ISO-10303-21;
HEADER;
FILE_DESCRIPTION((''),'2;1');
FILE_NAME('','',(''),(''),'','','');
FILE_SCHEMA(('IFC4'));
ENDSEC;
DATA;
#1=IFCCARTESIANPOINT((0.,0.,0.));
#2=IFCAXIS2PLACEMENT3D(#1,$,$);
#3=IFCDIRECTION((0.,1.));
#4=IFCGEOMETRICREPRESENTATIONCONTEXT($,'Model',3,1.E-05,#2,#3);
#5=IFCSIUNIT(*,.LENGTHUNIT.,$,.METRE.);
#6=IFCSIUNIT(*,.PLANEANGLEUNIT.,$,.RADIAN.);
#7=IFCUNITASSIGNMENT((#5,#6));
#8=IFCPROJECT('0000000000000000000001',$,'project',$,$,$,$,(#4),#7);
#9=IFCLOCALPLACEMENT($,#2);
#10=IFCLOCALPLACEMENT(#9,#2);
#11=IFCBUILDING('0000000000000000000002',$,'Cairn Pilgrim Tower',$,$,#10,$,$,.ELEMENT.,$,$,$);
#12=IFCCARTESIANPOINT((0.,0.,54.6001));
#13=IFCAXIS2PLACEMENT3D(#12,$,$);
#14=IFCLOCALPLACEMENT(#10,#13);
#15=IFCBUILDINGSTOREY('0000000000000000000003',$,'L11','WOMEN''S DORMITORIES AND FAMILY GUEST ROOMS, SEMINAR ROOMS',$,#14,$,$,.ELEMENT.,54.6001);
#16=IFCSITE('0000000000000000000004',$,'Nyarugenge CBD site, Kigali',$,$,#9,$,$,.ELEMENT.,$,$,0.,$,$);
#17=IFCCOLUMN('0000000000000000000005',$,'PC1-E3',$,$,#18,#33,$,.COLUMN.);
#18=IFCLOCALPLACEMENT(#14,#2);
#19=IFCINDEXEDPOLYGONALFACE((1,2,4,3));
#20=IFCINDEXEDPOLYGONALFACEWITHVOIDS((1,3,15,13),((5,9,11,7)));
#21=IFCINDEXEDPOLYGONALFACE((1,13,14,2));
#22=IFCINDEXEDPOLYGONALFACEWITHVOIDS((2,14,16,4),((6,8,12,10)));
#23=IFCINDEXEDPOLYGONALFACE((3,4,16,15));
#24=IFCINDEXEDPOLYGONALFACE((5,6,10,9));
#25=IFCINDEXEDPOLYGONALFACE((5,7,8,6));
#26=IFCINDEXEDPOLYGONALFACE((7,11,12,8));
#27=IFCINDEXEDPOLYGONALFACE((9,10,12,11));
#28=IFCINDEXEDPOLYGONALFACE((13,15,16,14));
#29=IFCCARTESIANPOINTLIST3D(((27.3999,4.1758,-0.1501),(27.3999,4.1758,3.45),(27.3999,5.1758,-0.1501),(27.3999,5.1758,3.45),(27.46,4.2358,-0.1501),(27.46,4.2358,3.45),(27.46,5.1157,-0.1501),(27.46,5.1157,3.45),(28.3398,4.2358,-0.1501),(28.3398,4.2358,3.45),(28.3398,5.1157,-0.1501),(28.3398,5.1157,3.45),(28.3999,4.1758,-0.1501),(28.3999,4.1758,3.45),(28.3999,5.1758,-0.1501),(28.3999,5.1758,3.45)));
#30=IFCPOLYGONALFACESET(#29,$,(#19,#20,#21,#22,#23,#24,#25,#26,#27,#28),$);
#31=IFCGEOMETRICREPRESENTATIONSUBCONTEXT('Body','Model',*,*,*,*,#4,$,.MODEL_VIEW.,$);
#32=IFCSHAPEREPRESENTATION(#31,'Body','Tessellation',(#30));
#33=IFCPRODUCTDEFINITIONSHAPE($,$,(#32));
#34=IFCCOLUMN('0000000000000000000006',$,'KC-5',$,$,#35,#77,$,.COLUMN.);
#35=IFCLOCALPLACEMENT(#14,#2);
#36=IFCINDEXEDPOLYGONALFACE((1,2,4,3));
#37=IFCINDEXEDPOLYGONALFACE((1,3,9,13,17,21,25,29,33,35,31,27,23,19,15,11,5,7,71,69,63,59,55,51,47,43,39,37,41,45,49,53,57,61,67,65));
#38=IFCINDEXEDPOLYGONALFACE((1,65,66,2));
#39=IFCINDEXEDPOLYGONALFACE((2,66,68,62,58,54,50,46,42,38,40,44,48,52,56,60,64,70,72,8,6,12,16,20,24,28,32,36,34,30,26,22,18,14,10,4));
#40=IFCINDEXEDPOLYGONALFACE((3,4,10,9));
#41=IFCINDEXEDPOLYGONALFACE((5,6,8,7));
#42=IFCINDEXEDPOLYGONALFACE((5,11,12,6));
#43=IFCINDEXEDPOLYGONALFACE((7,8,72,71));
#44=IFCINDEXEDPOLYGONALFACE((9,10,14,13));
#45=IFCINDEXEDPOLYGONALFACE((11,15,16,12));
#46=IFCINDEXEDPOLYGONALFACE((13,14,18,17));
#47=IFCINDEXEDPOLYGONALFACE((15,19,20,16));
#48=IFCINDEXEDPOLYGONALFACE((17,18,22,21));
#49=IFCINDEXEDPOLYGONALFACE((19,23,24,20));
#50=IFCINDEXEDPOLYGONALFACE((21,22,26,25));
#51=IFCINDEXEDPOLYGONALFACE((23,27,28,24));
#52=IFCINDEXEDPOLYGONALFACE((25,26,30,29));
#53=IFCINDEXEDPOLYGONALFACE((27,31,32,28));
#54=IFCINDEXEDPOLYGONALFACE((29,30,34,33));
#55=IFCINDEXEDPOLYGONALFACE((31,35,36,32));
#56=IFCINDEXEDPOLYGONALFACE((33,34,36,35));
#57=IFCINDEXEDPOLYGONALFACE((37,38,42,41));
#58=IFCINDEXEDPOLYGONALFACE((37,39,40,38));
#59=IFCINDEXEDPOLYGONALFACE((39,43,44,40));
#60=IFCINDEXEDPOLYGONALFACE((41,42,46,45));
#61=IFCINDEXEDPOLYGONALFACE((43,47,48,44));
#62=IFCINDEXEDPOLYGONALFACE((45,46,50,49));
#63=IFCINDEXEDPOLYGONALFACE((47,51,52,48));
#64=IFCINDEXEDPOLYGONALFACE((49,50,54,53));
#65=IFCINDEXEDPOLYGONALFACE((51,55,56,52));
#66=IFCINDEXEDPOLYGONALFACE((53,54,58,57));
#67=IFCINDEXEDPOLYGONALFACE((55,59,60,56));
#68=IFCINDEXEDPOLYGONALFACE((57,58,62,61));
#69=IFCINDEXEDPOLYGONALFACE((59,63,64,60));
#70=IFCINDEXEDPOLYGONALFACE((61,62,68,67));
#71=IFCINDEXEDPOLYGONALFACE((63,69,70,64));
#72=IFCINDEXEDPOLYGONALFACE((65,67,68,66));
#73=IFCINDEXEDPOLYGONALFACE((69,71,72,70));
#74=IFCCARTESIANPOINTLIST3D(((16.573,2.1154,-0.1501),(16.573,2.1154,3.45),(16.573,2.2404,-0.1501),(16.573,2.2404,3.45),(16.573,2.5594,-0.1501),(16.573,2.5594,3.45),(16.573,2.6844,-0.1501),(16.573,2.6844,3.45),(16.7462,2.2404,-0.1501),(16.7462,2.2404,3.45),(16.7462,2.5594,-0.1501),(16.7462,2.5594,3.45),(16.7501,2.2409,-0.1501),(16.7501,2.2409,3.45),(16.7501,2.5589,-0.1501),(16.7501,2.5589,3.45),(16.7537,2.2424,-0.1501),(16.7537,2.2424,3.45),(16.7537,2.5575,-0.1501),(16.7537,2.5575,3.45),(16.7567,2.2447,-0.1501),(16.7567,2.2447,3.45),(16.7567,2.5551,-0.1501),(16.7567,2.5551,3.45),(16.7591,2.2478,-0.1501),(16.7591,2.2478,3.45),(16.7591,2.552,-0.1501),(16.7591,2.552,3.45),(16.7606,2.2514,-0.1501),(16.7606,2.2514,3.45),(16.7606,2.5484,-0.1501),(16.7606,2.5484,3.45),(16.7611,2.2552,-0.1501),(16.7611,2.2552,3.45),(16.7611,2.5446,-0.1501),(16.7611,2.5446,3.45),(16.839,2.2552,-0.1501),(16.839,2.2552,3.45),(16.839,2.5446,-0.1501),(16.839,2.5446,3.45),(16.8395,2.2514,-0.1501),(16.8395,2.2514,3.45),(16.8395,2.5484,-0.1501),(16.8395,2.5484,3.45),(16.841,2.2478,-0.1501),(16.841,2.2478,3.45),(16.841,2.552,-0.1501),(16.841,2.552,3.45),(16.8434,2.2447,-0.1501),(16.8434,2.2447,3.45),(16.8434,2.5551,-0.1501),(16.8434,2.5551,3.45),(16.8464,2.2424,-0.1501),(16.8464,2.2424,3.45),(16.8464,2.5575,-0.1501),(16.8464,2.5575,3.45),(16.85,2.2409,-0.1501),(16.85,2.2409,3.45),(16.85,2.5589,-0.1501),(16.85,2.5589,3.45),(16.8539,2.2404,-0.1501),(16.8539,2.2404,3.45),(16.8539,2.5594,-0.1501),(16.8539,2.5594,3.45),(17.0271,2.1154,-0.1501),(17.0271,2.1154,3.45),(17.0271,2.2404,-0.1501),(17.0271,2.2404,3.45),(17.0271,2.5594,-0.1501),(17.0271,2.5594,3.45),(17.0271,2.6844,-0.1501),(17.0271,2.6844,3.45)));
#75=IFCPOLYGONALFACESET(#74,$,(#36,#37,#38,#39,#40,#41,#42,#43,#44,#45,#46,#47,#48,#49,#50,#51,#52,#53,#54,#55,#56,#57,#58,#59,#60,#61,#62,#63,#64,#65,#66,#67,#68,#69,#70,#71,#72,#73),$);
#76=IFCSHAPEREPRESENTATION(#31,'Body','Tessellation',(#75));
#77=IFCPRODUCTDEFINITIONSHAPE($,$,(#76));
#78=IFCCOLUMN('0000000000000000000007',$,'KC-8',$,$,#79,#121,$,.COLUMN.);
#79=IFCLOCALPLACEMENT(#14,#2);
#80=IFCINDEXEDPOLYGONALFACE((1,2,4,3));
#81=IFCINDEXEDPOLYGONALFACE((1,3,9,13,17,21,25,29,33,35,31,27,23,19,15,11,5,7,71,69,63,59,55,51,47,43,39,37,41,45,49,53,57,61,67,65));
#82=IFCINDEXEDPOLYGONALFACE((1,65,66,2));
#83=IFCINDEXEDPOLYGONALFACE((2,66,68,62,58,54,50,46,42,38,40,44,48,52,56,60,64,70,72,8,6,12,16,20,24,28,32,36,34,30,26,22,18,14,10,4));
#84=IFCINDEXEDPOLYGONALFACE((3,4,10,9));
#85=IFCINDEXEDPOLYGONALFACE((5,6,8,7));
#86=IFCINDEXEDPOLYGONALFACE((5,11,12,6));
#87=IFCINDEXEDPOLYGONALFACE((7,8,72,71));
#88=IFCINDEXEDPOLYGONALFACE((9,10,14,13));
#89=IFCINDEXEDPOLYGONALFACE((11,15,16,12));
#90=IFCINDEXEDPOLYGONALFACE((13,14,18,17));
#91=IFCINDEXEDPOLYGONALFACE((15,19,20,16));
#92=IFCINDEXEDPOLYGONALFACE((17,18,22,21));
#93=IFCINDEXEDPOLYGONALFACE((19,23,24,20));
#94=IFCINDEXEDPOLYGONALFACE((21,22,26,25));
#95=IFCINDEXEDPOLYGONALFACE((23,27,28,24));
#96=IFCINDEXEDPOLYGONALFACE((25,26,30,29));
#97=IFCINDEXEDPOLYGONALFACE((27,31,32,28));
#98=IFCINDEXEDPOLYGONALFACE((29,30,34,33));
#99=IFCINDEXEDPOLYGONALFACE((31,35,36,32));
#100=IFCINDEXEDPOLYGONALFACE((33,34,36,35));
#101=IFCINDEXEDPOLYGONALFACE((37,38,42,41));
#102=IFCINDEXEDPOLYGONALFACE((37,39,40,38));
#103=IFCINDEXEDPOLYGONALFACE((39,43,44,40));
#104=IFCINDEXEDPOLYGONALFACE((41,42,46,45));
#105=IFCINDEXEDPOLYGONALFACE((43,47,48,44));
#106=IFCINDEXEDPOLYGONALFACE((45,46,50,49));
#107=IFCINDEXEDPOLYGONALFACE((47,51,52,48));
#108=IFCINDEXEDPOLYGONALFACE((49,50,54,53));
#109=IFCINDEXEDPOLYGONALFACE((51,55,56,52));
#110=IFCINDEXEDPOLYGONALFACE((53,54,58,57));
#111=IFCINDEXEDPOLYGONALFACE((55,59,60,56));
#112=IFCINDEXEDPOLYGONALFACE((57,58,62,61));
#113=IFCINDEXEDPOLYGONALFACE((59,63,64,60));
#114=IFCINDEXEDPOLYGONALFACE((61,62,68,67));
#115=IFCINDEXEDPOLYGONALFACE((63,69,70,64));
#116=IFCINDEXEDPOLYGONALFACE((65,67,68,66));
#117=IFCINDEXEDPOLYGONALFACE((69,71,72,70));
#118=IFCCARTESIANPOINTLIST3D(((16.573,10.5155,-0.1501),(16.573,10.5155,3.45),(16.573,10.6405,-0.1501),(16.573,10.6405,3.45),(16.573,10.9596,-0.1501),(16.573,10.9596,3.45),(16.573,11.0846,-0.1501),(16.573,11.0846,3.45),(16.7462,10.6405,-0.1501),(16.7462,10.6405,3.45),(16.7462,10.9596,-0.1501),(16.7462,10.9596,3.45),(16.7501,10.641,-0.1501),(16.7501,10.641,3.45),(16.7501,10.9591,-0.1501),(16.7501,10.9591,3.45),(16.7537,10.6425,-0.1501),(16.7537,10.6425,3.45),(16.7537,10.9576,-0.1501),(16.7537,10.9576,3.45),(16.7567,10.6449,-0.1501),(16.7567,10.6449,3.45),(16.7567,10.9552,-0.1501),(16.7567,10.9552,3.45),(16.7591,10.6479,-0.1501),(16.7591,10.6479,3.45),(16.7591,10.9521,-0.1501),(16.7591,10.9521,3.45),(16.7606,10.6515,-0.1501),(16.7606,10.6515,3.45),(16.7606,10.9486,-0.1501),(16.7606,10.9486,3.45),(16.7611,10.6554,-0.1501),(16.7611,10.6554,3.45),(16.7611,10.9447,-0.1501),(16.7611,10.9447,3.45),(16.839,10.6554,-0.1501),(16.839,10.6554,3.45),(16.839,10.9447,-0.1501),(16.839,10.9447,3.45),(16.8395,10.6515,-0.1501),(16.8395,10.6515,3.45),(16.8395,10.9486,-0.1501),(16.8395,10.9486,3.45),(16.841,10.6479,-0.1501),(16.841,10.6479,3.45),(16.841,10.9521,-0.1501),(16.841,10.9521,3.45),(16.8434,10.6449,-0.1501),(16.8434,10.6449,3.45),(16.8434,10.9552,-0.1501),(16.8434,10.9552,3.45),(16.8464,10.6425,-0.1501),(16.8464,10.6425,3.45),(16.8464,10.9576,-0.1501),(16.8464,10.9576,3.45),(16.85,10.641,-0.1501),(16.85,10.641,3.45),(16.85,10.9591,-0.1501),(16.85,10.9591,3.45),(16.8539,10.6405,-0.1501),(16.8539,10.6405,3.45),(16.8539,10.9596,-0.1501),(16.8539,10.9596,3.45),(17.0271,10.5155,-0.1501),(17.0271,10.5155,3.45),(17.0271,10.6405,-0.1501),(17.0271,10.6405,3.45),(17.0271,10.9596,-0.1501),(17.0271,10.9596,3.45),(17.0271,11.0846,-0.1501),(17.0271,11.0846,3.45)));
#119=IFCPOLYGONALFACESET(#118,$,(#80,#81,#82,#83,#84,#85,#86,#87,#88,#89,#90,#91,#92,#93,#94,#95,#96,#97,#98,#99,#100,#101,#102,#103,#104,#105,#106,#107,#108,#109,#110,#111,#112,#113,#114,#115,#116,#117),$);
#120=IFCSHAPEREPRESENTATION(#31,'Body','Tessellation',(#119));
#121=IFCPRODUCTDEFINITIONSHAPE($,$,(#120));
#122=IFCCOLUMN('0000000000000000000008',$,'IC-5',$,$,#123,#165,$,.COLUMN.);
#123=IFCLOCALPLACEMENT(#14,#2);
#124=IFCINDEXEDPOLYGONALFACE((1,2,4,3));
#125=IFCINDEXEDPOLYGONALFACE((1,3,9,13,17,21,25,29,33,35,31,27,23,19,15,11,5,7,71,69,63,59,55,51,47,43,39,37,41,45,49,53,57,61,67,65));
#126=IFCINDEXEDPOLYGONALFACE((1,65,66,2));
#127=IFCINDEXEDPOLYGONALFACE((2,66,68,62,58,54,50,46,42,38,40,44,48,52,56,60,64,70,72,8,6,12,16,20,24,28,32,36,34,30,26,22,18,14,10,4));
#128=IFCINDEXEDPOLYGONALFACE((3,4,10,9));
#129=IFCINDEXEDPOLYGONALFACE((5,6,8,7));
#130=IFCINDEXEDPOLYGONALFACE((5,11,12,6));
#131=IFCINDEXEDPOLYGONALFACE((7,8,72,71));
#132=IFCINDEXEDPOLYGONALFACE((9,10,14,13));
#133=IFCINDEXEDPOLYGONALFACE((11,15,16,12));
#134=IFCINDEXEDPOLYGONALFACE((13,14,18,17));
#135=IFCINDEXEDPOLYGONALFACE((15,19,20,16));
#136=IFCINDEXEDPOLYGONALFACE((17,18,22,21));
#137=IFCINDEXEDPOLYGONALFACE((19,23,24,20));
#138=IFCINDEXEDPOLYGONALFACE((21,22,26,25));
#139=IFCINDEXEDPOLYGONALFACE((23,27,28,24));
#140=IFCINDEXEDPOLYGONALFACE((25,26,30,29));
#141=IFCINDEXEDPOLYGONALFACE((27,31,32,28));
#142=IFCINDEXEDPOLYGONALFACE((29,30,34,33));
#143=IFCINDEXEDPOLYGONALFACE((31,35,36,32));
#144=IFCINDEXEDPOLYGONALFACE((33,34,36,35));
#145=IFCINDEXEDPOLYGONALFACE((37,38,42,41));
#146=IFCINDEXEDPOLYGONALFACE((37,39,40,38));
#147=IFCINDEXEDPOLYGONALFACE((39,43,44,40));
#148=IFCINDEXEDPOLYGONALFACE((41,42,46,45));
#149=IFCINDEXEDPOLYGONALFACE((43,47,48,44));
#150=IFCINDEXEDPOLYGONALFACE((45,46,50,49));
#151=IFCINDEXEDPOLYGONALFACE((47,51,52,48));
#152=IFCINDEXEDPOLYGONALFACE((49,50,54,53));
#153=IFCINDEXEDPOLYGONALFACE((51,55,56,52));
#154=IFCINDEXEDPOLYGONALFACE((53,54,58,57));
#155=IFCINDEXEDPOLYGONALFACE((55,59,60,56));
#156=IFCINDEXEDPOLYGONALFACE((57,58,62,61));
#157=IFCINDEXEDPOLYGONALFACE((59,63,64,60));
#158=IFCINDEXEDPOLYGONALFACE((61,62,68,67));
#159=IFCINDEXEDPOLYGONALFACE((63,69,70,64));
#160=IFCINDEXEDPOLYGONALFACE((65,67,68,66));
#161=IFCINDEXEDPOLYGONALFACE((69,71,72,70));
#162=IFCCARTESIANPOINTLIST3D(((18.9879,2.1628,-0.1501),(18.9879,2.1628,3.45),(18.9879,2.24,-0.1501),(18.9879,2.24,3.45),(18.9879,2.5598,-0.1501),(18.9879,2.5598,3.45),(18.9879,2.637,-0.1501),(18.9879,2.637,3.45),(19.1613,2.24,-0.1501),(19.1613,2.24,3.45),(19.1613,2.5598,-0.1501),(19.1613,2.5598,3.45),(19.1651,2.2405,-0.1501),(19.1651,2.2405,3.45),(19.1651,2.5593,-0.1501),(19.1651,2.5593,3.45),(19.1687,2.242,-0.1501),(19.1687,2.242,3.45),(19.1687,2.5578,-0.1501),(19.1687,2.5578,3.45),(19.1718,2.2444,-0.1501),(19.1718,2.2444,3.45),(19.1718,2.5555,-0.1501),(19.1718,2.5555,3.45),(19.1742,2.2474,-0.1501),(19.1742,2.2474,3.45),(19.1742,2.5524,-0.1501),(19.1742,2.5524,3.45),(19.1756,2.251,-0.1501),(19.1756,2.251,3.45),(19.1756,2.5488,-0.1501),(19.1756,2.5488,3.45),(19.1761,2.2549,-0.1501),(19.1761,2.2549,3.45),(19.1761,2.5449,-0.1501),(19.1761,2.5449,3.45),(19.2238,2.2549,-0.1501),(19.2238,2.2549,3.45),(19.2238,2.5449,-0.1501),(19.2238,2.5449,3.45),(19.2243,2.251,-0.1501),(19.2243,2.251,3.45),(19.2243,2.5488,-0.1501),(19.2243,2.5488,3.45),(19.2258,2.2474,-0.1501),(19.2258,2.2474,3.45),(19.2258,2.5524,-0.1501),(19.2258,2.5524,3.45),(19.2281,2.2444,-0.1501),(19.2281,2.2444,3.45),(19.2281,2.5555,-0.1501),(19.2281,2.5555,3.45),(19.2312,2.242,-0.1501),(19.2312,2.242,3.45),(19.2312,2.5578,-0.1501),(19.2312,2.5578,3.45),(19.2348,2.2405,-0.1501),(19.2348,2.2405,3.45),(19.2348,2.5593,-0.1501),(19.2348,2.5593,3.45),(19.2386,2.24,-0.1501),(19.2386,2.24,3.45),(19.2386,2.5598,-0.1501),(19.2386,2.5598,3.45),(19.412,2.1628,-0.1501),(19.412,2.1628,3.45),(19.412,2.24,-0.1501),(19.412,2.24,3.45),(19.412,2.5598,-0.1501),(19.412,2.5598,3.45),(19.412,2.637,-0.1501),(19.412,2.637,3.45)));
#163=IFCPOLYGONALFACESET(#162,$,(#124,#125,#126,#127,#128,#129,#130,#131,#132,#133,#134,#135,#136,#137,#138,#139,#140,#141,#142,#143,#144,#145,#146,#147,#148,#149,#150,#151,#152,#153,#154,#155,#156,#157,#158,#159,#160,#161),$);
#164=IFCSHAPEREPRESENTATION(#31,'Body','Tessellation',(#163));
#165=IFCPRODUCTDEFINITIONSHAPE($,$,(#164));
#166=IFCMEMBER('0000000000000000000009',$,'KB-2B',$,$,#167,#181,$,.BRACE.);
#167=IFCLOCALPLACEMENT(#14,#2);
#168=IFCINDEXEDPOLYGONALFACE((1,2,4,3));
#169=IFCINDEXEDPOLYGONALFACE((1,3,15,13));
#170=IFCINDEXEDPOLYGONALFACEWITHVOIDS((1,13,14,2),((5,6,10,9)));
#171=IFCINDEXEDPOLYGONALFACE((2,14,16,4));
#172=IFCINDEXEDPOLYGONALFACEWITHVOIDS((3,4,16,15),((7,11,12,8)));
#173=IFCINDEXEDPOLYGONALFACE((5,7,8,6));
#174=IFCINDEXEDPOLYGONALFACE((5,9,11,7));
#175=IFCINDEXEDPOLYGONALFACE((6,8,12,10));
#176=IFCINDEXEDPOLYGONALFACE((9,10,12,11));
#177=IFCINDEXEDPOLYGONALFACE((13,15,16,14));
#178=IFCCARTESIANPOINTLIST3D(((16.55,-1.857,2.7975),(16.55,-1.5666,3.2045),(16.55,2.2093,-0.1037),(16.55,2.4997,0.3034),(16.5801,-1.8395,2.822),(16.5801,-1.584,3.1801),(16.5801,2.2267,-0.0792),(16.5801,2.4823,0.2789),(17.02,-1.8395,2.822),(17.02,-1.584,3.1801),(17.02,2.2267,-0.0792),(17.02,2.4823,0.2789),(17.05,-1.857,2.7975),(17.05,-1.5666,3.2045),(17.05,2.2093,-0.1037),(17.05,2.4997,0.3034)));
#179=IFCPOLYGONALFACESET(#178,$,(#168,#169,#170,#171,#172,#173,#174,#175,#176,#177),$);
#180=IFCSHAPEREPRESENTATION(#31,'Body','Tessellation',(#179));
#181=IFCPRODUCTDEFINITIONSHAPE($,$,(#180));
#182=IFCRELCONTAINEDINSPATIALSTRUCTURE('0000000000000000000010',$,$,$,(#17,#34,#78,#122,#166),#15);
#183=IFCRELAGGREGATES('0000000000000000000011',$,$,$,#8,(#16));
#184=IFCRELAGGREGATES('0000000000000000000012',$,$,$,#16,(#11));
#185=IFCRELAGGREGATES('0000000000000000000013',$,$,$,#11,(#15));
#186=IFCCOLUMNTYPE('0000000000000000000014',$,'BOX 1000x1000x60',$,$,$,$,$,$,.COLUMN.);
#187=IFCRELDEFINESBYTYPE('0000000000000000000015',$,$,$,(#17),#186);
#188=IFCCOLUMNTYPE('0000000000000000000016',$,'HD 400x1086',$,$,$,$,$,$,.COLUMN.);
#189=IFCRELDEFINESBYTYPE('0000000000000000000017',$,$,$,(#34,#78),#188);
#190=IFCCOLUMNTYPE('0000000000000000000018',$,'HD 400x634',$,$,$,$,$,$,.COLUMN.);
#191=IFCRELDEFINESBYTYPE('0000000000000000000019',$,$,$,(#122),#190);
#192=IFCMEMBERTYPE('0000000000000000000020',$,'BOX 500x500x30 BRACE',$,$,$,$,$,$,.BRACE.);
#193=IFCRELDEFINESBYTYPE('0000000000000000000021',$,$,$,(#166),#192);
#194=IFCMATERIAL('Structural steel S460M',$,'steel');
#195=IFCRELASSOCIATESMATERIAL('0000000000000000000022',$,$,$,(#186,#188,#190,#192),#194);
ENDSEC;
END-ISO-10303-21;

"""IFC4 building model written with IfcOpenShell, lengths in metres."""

from ifc_helpers import new_model, si_unit, direction, frame, origin, origin_2d, place, context, subcontext, project, spatial, hollow_rectangle, i_section, extrude, material, material_profile, profile_set, type_object, element, save


model = new_model("IFC4")

# Units and contexts
model_context = context("Model", 3, precision=1e-05, world=origin(), true_north=direction((0.0, 1.0)))
body_context = subcontext(model_context, "Body", "Model", "MODEL_VIEW")
ifc_project = project(units=[si_unit("LENGTHUNIT", "METRE"), si_unit("PLANEANGLEUNIT", "RADIAN")], contexts=[model_context])

# Site, building, storey
site_placement = place(None, origin())
site = spatial("IfcSite", under=ifc_project, at=site_placement, Name="Nyarugenge CBD site, Kigali", CompositionType="ELEMENT", RefElevation=0.0)
building_placement = place(site_placement, origin())
building = spatial("IfcBuilding", under=site, at=building_placement, Name="Cairn Pilgrim Tower", CompositionType="ELEMENT")
storey_placement = place(building_placement, frame((0.0, 0.0, 54.6001)))
storey = spatial("IfcBuildingStorey", under=building, at=storey_placement, Name="L11", Description="WOMEN'S DORMITORIES AND FAMILY GUEST ROOMS, SEMINAR ROOMS", CompositionType="ELEMENT", Elevation=54.6001)

# Columns
ifc_material_1 = material(Name="Structural steel S460M", Category="steel")
ifc_material_profile_1 = material_profile(ifc_material_1, hollow_rectangle(XDim=1.0, YDim=1.0, WallThickness=0.0601, at=origin_2d()), Name="BOX 1000x1000x60")
ifc_profile_set_1 = profile_set([ifc_material_profile_1], Name="Structural steel S460M")
column_type_1 = type_object("IfcColumnType", Name="BOX 1000x1000x60", PredefinedType="COLUMN", material=ifc_profile_set_1)
column_1_placement = place(storey_placement, frame((27.8999, 4.6758, -0.1501), z_axis=(0.0, 0.0, 1.0), x_axis=(1.0, 0.0, 0.0)))
element("IfcColumn", 1, at=column_1_placement, inside=storey, type_object=column_type_1, Name="PC1-E3", PredefinedType="COLUMN", context=body_context, shape_type="SweptSolid", body=[
    extrude(hollow_rectangle(XDim=1.0, YDim=1.0, WallThickness=0.0601, at=origin_2d()), origin(), (0.0, 0.0, 1.0), 3.6001),
])
ifc_material_profile_2 = material_profile(ifc_material_1, i_section(OverallWidth=0.4541, OverallDepth=0.5691, WebThickness=0.0779, FlangeThickness=0.125, FilletRadius=0.0149, at=origin_2d()), Name="HD 400x1086")
ifc_profile_set_2 = profile_set([ifc_material_profile_2], Name="Structural steel S460M")
column_type_2 = type_object("IfcColumnType", Name="HD 400x1086", PredefinedType="COLUMN", material=ifc_profile_set_2)
for number, where, z_axis, x_axis, name in (
    (2, (16.8, 2.3999, -0.1501), (0.0, 0.0, 1.0), (1.0, 0.0, 0.0), "KC-5"),
    (3, (16.8, 10.8, -0.1501), (0.0, 0.0, 1.0), (1.0, 0.0, 0.0), "KC-8"),
):
    element("IfcColumn", number, at=place(storey_placement, frame(where, z_axis=z_axis, x_axis=x_axis)), inside=storey, type_object=column_type_2, Name=name, PredefinedType="COLUMN", context=body_context, shape_type="SweptSolid", body=[
        extrude(i_section(OverallWidth=0.4541, OverallDepth=0.5691, WebThickness=0.0779, FlangeThickness=0.125, FilletRadius=0.0149, at=origin_2d()), origin(), (0.0, 0.0, 1.0), 3.6001),
    ])
ifc_material_profile_3 = material_profile(ifc_material_1, i_section(OverallWidth=0.4241, OverallDepth=0.4741, WebThickness=0.0476, FlangeThickness=0.0771, FilletRadius=0.0149, at=origin_2d()), Name="HD 400x634")
ifc_profile_set_3 = profile_set([ifc_material_profile_3], Name="Structural steel S460M")
column_type_3 = type_object("IfcColumnType", Name="HD 400x634", PredefinedType="COLUMN", material=ifc_profile_set_3)
column_2_placement = place(storey_placement, frame((19.2, 2.3999, -0.1501), z_axis=(0.0, 0.0, 1.0), x_axis=(1.0, 0.0, 0.0)))
element("IfcColumn", 4, at=column_2_placement, inside=storey, type_object=column_type_3, Name="IC-5", PredefinedType="COLUMN", context=body_context, shape_type="SweptSolid", body=[
    extrude(i_section(OverallWidth=0.4241, OverallDepth=0.4741, WebThickness=0.0476, FlangeThickness=0.0771, FilletRadius=0.0149, at=origin_2d()), origin(), (0.0, 0.0, 1.0), 3.6001),
])

# Member
ifc_material_profile_4 = material_profile(ifc_material_1, hollow_rectangle(XDim=0.5, YDim=0.5, WallThickness=0.03, at=origin_2d()), Name="BOX 500x500x30")
ifc_profile_set_4 = profile_set([ifc_material_profile_4], Name="Structural steel S460M")
member_type_1 = type_object("IfcMemberType", Name="BOX 500x500x30 BRACE", PredefinedType="BRACE", material=ifc_profile_set_4)
member_1_placement = place(storey_placement, frame((16.8, 2.3545, 0.0999), z_axis=(0.0, -0.814044, 0.580804), x_axis=(1.0, 0.0, 0.0)))
element("IfcMember", 5, at=member_1_placement, inside=storey, type_object=member_type_1, Name="KB-2B", PredefinedType="BRACE", context=body_context, shape_type="SweptSolid", body=[
    extrude(hollow_rectangle(XDim=0.5, YDim=0.5, WallThickness=0.03, at=origin_2d()), origin(), (0.0, 0.0, 1.0), 4.9951),
])

save(model, "model.ifc")
